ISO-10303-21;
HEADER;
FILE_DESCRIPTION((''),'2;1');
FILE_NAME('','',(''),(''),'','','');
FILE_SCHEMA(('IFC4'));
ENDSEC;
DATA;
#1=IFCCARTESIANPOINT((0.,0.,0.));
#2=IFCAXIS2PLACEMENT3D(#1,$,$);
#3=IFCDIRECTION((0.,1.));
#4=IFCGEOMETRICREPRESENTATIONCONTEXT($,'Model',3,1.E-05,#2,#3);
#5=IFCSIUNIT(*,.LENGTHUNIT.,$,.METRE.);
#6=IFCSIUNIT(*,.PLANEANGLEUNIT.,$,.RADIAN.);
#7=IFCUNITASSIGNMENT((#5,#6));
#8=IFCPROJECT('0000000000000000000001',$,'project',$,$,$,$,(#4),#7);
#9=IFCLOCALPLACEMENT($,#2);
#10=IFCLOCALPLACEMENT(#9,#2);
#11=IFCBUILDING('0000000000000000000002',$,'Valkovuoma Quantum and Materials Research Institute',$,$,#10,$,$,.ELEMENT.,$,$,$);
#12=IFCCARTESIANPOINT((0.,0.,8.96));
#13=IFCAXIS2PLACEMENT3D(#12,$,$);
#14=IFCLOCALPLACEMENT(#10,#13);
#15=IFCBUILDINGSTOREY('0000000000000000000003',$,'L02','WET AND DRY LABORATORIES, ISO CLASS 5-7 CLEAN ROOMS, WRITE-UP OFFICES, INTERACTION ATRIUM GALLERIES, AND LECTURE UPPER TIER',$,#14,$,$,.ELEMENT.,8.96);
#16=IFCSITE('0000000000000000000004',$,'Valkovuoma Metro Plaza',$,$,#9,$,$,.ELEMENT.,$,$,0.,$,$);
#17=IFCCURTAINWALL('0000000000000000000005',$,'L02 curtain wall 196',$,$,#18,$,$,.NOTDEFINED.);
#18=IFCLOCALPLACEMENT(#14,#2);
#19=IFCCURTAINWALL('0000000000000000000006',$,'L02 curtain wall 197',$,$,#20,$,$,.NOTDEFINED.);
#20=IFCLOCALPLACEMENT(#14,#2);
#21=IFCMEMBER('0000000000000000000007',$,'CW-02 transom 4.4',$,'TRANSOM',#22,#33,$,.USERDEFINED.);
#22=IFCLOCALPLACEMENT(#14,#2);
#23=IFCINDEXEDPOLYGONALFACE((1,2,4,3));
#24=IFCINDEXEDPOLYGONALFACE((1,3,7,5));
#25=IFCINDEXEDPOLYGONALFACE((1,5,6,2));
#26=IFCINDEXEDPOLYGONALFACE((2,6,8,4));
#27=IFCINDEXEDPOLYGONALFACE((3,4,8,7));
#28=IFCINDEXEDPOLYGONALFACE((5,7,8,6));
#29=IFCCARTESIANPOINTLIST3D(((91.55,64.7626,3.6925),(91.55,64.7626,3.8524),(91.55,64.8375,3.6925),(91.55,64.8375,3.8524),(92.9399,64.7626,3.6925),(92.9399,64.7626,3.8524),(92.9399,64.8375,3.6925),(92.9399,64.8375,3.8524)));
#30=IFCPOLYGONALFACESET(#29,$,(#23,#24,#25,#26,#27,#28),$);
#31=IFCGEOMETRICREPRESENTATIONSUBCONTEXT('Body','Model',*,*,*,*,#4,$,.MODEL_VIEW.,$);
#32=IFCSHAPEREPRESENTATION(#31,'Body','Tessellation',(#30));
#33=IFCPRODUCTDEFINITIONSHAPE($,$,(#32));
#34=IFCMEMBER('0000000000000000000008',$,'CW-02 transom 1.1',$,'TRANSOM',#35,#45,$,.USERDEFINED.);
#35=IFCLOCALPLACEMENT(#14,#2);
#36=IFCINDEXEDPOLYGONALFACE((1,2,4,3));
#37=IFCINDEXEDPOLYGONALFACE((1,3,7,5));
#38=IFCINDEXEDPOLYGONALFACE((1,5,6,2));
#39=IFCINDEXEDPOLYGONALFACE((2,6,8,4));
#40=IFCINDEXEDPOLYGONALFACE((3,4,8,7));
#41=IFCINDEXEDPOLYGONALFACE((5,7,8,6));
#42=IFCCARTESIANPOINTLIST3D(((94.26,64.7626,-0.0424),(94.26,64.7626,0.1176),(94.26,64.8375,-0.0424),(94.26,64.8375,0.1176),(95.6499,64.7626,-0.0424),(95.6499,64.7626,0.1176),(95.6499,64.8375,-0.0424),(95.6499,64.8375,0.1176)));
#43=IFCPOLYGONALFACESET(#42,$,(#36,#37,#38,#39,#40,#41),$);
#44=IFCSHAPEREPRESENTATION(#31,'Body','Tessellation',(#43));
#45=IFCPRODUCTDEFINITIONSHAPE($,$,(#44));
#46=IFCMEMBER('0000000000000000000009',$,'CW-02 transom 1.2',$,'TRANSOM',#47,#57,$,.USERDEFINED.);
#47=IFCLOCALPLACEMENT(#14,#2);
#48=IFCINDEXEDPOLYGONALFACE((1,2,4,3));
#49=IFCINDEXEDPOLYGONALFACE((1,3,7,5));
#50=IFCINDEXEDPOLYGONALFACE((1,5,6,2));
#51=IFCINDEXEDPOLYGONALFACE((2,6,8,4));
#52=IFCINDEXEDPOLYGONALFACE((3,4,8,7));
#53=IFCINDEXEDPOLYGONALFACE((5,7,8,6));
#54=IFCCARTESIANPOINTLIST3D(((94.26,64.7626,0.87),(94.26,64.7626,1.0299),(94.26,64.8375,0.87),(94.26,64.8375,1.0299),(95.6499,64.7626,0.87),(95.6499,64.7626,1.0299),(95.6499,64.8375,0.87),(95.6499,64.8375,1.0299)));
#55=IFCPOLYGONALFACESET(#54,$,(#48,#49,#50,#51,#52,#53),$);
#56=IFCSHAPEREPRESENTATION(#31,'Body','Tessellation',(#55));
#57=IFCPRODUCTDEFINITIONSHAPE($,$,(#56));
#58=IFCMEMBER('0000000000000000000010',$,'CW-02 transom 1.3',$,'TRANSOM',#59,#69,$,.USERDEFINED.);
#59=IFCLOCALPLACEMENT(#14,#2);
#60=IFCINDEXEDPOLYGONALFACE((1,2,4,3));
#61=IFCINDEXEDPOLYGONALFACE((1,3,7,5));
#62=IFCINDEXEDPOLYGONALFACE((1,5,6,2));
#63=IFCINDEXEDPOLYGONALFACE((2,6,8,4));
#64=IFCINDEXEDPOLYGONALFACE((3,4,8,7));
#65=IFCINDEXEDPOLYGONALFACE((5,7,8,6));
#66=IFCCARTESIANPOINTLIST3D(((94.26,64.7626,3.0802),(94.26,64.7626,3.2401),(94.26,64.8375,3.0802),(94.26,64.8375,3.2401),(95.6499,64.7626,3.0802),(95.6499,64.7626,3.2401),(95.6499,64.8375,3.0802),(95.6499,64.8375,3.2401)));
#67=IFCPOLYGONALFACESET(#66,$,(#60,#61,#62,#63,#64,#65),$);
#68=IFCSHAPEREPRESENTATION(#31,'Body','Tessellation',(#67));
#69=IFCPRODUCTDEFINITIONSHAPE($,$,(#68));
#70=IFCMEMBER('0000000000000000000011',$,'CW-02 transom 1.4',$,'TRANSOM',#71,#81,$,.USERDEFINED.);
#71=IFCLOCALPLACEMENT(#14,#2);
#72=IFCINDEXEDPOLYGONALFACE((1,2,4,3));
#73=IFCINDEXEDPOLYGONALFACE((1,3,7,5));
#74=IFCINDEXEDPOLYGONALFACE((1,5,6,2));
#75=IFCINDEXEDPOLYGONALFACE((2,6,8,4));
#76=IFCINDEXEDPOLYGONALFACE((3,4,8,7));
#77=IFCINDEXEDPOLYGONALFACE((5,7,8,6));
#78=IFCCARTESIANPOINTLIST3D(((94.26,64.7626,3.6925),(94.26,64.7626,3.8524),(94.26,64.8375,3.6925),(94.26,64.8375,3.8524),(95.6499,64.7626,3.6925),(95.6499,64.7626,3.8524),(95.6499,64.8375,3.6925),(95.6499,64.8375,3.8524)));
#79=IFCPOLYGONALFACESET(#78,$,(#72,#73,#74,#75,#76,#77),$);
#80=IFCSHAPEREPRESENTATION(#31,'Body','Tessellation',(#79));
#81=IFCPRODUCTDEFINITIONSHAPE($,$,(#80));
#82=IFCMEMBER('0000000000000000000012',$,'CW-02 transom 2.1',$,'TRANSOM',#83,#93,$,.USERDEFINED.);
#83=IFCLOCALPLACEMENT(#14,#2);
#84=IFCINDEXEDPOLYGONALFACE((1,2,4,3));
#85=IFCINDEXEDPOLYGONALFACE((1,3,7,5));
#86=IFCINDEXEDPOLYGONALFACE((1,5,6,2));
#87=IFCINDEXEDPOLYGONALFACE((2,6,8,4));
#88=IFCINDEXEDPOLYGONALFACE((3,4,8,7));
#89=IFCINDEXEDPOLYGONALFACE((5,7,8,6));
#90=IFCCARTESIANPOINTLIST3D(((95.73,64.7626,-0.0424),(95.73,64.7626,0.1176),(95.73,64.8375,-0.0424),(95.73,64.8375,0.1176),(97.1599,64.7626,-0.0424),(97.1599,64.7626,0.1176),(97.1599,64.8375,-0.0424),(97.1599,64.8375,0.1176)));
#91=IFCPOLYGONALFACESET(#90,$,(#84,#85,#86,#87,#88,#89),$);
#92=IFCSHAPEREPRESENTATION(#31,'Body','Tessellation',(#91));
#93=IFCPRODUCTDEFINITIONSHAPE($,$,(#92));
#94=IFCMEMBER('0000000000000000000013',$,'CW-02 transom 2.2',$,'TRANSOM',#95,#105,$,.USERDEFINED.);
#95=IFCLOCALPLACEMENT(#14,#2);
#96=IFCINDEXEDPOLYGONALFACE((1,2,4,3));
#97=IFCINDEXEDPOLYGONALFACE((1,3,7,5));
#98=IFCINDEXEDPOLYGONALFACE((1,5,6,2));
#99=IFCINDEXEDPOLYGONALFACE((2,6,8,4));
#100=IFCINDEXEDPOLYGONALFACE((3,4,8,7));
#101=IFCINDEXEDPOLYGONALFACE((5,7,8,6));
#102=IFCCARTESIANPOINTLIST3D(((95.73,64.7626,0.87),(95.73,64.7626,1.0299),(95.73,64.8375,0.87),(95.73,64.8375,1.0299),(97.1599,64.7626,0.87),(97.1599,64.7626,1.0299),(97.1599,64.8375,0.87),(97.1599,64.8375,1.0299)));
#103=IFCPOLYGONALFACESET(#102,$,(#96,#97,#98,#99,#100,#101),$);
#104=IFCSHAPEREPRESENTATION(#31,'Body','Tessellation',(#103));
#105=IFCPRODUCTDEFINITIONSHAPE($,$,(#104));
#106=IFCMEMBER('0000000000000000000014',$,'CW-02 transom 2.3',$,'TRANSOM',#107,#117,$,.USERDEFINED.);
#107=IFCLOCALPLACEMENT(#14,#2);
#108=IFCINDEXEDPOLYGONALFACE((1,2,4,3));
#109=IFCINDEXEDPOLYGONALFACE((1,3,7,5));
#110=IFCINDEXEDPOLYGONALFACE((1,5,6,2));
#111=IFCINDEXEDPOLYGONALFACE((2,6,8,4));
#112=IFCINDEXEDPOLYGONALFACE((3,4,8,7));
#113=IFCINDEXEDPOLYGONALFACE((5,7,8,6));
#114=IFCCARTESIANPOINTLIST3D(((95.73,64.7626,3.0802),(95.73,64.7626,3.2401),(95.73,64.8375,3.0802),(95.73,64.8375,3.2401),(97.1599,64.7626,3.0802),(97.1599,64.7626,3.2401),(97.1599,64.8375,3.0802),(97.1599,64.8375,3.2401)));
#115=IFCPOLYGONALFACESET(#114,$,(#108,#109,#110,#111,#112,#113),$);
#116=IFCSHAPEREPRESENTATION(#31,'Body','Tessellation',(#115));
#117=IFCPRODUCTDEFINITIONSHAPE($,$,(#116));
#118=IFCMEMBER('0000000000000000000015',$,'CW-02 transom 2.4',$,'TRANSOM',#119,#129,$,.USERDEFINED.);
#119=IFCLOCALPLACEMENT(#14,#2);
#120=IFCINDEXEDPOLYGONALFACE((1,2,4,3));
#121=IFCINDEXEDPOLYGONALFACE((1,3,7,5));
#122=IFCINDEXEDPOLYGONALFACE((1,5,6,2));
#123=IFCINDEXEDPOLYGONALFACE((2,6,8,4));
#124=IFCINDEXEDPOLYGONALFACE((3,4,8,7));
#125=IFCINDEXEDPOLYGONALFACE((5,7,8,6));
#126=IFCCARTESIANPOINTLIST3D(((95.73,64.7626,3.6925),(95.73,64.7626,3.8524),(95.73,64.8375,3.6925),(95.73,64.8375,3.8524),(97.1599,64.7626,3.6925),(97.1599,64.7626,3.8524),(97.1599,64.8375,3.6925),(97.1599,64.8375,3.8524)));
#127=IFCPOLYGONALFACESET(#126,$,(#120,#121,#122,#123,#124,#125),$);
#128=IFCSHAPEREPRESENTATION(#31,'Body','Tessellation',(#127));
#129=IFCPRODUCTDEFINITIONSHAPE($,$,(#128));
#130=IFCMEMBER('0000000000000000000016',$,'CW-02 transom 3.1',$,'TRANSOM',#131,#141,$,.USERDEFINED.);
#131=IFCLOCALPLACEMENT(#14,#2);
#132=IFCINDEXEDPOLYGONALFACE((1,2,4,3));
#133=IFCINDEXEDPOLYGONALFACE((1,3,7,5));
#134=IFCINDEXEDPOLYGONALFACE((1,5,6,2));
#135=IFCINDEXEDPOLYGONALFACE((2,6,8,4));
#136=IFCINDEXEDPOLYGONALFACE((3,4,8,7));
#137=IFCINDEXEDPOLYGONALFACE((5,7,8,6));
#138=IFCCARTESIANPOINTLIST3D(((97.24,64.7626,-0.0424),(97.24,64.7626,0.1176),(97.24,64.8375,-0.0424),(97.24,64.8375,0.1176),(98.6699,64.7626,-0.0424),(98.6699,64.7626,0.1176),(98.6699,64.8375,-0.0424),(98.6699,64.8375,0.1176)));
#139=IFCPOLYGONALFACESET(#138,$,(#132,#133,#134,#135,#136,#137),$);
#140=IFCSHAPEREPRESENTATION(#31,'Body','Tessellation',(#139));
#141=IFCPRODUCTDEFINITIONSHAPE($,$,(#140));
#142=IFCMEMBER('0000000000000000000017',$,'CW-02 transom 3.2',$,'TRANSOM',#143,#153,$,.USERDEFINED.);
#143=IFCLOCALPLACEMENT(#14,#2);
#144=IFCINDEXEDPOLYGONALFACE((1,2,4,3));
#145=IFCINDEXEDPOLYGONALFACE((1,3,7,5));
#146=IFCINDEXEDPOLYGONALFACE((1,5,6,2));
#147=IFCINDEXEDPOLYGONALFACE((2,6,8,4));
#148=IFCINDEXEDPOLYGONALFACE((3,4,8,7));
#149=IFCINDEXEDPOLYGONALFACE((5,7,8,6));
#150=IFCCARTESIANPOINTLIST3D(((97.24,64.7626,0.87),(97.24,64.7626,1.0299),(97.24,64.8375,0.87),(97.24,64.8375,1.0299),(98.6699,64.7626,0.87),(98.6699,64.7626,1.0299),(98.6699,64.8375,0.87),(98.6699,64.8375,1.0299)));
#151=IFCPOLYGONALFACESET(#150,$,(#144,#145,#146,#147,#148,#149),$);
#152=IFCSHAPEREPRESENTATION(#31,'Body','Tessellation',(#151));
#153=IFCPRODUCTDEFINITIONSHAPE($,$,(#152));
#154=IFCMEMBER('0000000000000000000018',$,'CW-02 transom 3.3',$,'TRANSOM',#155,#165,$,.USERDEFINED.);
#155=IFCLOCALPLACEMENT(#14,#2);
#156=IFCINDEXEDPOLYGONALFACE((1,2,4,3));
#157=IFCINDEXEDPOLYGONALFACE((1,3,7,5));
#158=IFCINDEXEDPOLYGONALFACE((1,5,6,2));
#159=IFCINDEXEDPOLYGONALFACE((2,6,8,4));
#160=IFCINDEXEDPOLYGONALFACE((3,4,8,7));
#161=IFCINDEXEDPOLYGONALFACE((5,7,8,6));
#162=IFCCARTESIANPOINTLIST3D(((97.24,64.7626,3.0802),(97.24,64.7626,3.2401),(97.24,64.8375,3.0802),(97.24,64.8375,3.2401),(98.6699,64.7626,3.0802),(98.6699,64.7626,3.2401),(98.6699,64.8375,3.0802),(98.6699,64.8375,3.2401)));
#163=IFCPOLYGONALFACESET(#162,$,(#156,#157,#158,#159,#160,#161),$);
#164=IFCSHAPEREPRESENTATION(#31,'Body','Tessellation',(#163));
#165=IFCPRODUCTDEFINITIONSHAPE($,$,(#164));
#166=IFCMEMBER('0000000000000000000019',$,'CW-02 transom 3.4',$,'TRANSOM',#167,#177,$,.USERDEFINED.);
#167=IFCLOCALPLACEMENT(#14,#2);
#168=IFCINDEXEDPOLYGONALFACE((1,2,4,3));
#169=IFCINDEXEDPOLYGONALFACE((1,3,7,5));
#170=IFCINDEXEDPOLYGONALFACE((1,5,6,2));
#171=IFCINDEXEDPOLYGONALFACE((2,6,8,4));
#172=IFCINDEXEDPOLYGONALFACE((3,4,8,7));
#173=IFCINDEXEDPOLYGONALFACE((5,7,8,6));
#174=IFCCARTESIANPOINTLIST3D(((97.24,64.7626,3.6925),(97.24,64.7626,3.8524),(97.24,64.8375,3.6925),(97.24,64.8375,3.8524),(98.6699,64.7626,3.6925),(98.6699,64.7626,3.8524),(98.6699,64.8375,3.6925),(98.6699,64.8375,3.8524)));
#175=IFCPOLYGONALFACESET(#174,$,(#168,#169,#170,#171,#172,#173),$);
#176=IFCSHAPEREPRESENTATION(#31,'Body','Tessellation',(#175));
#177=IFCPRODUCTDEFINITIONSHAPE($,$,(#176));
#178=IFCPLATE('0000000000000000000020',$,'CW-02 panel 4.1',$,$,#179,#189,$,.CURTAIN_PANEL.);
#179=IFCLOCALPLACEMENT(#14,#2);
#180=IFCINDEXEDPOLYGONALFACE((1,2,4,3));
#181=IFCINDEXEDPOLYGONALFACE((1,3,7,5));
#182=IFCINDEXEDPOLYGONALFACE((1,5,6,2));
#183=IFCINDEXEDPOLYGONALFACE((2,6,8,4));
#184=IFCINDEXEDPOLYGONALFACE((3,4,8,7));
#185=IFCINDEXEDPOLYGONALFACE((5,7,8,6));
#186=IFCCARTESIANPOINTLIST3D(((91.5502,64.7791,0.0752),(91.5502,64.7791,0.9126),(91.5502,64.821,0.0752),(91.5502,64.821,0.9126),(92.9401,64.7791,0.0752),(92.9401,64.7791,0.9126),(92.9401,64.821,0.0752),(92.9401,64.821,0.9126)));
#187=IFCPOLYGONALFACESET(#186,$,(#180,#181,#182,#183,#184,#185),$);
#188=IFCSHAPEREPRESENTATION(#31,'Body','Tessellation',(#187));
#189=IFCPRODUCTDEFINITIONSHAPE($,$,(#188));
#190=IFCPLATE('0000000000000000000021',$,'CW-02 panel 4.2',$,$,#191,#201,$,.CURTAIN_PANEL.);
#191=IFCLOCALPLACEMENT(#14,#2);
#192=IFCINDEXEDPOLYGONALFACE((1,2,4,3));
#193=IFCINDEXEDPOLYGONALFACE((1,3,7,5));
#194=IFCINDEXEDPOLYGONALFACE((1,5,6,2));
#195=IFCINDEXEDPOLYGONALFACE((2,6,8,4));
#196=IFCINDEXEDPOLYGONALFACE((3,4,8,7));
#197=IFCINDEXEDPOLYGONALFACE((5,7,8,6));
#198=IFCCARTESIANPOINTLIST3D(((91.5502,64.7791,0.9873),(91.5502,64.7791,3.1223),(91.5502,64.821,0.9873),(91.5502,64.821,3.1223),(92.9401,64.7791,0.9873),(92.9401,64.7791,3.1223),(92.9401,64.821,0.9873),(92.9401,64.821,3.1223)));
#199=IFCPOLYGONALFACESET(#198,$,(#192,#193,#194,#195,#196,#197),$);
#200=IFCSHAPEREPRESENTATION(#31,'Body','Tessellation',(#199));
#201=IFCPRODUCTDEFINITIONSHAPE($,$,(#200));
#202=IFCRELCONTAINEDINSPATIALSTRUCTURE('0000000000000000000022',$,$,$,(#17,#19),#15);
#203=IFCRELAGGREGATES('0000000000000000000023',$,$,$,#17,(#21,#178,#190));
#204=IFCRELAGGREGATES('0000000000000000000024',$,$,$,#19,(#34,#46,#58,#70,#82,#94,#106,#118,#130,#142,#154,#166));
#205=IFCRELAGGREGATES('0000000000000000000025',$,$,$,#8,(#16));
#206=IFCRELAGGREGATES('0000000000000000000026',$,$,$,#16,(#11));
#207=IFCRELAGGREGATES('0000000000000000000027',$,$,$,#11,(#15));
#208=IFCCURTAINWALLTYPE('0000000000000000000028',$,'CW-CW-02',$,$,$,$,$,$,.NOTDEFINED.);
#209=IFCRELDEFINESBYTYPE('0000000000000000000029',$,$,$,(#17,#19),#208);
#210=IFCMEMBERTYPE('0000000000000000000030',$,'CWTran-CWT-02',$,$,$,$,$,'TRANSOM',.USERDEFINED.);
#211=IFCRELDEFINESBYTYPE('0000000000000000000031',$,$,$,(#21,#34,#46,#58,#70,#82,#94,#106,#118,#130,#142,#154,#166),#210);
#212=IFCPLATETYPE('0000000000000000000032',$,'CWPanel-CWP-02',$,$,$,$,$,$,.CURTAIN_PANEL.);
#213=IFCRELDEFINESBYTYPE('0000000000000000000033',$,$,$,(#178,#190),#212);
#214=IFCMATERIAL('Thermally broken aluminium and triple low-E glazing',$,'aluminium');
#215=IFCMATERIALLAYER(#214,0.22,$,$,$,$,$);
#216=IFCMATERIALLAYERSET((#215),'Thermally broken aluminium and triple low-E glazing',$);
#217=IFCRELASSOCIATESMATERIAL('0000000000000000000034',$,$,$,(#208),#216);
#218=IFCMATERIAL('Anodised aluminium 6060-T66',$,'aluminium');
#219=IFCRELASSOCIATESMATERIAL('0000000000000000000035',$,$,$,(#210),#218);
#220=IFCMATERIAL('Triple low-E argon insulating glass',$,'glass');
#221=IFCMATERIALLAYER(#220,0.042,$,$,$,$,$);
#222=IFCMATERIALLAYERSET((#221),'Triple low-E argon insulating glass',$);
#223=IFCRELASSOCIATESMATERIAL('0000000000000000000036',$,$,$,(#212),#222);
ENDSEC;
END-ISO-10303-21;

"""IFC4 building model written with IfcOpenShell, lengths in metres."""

from ifc_helpers import new_model, si_unit, direction, frame, origin, origin_2d, place, context, subcontext, project, spatial, rectangle, extrude, material, layer, layer_set, material_profile, profile_set, type_object, element, aggregate, save


model = new_model("IFC4")

# Units and contexts
model_context = context("Model", 3, precision=1e-05, world=origin(), true_north=direction((0.0, 1.0)))
body_context = subcontext(model_context, "Body", "Model", "MODEL_VIEW")
ifc_project = project(units=[si_unit("LENGTHUNIT", "METRE"), si_unit("PLANEANGLEUNIT", "RADIAN")], contexts=[model_context])

# Site, building, storey
site_placement = place(None, origin())
site = spatial("IfcSite", under=ifc_project, at=site_placement, Name="Valkovuoma Metro Plaza", CompositionType="ELEMENT", RefElevation=0.0)
building_placement = place(site_placement, origin())
building = spatial("IfcBuilding", under=site, at=building_placement, Name="Valkovuoma Quantum and Materials Research Institute", CompositionType="ELEMENT")
storey_placement = place(building_placement, frame((0.0, 0.0, 8.96)))
storey = spatial("IfcBuildingStorey", under=building, at=storey_placement, Name="L02", Description="WET AND DRY LABORATORIES, ISO CLASS 5-7 CLEAN ROOMS, WRITE-UP OFFICES, INTERACTION ATRIUM GALLERIES, AND LECTURE UPPER TIER", CompositionType="ELEMENT", Elevation=8.96)

# Curtain walls
ifc_material_1 = material(Name="Thermally broken aluminium and triple low-E glazing", Category="aluminium")
ifc_layer_1 = layer(ifc_material_1, 0.22)
ifc_layer_set_1 = layer_set([ifc_layer_1], Name="Thermally broken aluminium and triple low-E glazing")
curtain_wall_type = type_object("IfcCurtainWallType", Name="CW-CW-02", PredefinedType="NOTDEFINED", material=ifc_layer_set_1)
curtain_wall_1_placement = place(storey_placement, origin())
curtain_wall_1 = element("IfcCurtainWall", 1, at=curtain_wall_1_placement, inside=storey, type_object=curtain_wall_type, Name="L02 curtain wall 196", PredefinedType="NOTDEFINED")
curtain_wall_2_placement = place(storey_placement, origin())
curtain_wall_2 = element("IfcCurtainWall", 2, at=curtain_wall_2_placement, inside=storey, type_object=curtain_wall_type, Name="L02 curtain wall 197", PredefinedType="NOTDEFINED")

# Members
ifc_material_2 = material(Name="Anodised aluminium 6060-T66", Category="aluminium")
ifc_material_profile_1 = material_profile(ifc_material_2, rectangle(XDim=0.075, YDim=0.1599, at=origin_2d()), Name="Anodised aluminium 6060-T66")
ifc_profile_set_1 = profile_set([ifc_material_profile_1], Name="Anodised aluminium 6060-T66")
member_type_1 = type_object("IfcMemberType", Name="CWTran-CWT-02", ElementType="TRANSOM", PredefinedType="USERDEFINED", material=ifc_profile_set_1)
member_1_placement = place(storey_placement, frame((91.55, 64.8, 3.7725), z_axis=(1.0, 0.0, 0.0), x_axis=(0.0, 1.0, 0.0)))
member_1 = element("IfcMember", 3, at=member_1_placement, type_object=member_type_1, Name="CW-02 transom 4.4", ObjectType="TRANSOM", PredefinedType="USERDEFINED", context=body_context, shape_type="SweptSolid", body=[
    extrude(rectangle(XDim=0.075, YDim=0.1599, at=origin_2d()), origin(), (0.0, 0.0, 1.0), 1.3899),
])
member_2_placement = place(storey_placement, frame((94.26, 64.8, 0.0376), z_axis=(1.0, 0.0, 0.0), x_axis=(0.0, 1.0, 0.0)))
member_2 = element("IfcMember", 4, at=member_2_placement, type_object=member_type_1, Name="CW-02 transom 1.1", ObjectType="TRANSOM", PredefinedType="USERDEFINED", context=body_context, shape_type="SweptSolid", body=[
    extrude(rectangle(XDim=0.075, YDim=0.1599, at=origin_2d()), origin(), (0.0, 0.0, 1.0), 1.3899),
])
member_3_placement = place(storey_placement, frame((94.26, 64.8, 0.95), z_axis=(1.0, 0.0, 0.0), x_axis=(0.0, 1.0, 0.0)))
member_3 = element("IfcMember", 5, at=member_3_placement, type_object=member_type_1, Name="CW-02 transom 1.2", ObjectType="TRANSOM", PredefinedType="USERDEFINED", context=body_context, shape_type="SweptSolid", body=[
    extrude(rectangle(XDim=0.075, YDim=0.1599, at=origin_2d()), origin(), (0.0, 0.0, 1.0), 1.3899),
])
member_4_placement = place(storey_placement, frame((94.26, 64.8, 3.1602), z_axis=(1.0, 0.0, 0.0), x_axis=(0.0, 1.0, 0.0)))
member_4 = element("IfcMember", 6, at=member_4_placement, type_object=member_type_1, Name="CW-02 transom 1.3", ObjectType="TRANSOM", PredefinedType="USERDEFINED", context=body_context, shape_type="SweptSolid", body=[
    extrude(rectangle(XDim=0.075, YDim=0.1599, at=origin_2d()), origin(), (0.0, 0.0, 1.0), 1.3899),
])
member_5_placement = place(storey_placement, frame((94.26, 64.8, 3.7725), z_axis=(1.0, 0.0, 0.0), x_axis=(0.0, 1.0, 0.0)))
member_5 = element("IfcMember", 7, at=member_5_placement, type_object=member_type_1, Name="CW-02 transom 1.4", ObjectType="TRANSOM", PredefinedType="USERDEFINED", context=body_context, shape_type="SweptSolid", body=[
    extrude(rectangle(XDim=0.075, YDim=0.1599, at=origin_2d()), origin(), (0.0, 0.0, 1.0), 1.3899),
])
member_6_placement = place(storey_placement, frame((95.73, 64.8, 0.0376), z_axis=(1.0, 0.0, 0.0), x_axis=(0.0, 1.0, 0.0)))
member_6 = element("IfcMember", 8, at=member_6_placement, type_object=member_type_1, Name="CW-02 transom 2.1", ObjectType="TRANSOM", PredefinedType="USERDEFINED", context=body_context, shape_type="SweptSolid", body=[
    extrude(rectangle(XDim=0.075, YDim=0.1599, at=origin_2d()), origin(), (0.0, 0.0, 1.0), 1.4299),
])
member_7_placement = place(storey_placement, frame((95.73, 64.8, 0.95), z_axis=(1.0, 0.0, 0.0), x_axis=(0.0, 1.0, 0.0)))
member_7 = element("IfcMember", 9, at=member_7_placement, type_object=member_type_1, Name="CW-02 transom 2.2", ObjectType="TRANSOM", PredefinedType="USERDEFINED", context=body_context, shape_type="SweptSolid", body=[
    extrude(rectangle(XDim=0.075, YDim=0.1599, at=origin_2d()), origin(), (0.0, 0.0, 1.0), 1.4299),
])
member_8_placement = place(storey_placement, frame((95.73, 64.8, 3.1602), z_axis=(1.0, 0.0, 0.0), x_axis=(0.0, 1.0, 0.0)))
member_8 = element("IfcMember", 10, at=member_8_placement, type_object=member_type_1, Name="CW-02 transom 2.3", ObjectType="TRANSOM", PredefinedType="USERDEFINED", context=body_context, shape_type="SweptSolid", body=[
    extrude(rectangle(XDim=0.075, YDim=0.1599, at=origin_2d()), origin(), (0.0, 0.0, 1.0), 1.4299),
])
member_9_placement = place(storey_placement, frame((95.73, 64.8, 3.7725), z_axis=(1.0, 0.0, 0.0), x_axis=(0.0, 1.0, 0.0)))
member_9 = element("IfcMember", 11, at=member_9_placement, type_object=member_type_1, Name="CW-02 transom 2.4", ObjectType="TRANSOM", PredefinedType="USERDEFINED", context=body_context, shape_type="SweptSolid", body=[
    extrude(rectangle(XDim=0.075, YDim=0.1599, at=origin_2d()), origin(), (0.0, 0.0, 1.0), 1.4299),
])
member_10_placement = place(storey_placement, frame((97.24, 64.8, 0.0376), z_axis=(1.0, 0.0, 0.0), x_axis=(0.0, 1.0, 0.0)))
member_10 = element("IfcMember", 12, at=member_10_placement, type_object=member_type_1, Name="CW-02 transom 3.1", ObjectType="TRANSOM", PredefinedType="USERDEFINED", context=body_context, shape_type="SweptSolid", body=[
    extrude(rectangle(XDim=0.075, YDim=0.1599, at=origin_2d()), origin(), (0.0, 0.0, 1.0), 1.4299),
])
member_11_placement = place(storey_placement, frame((97.24, 64.8, 0.95), z_axis=(1.0, 0.0, 0.0), x_axis=(0.0, 1.0, 0.0)))
member_11 = element("IfcMember", 13, at=member_11_placement, type_object=member_type_1, Name="CW-02 transom 3.2", ObjectType="TRANSOM", PredefinedType="USERDEFINED", context=body_context, shape_type="SweptSolid", body=[
    extrude(rectangle(XDim=0.075, YDim=0.1599, at=origin_2d()), origin(), (0.0, 0.0, 1.0), 1.4299),
])
member_12_placement = place(storey_placement, frame((97.24, 64.8, 3.1602), z_axis=(1.0, 0.0, 0.0), x_axis=(0.0, 1.0, 0.0)))
member_12 = element("IfcMember", 14, at=member_12_placement, type_object=member_type_1, Name="CW-02 transom 3.3", ObjectType="TRANSOM", PredefinedType="USERDEFINED", context=body_context, shape_type="SweptSolid", body=[
    extrude(rectangle(XDim=0.075, YDim=0.1599, at=origin_2d()), origin(), (0.0, 0.0, 1.0), 1.4299),
])
member_13_placement = place(storey_placement, frame((97.24, 64.8, 3.7725), z_axis=(1.0, 0.0, 0.0), x_axis=(0.0, 1.0, 0.0)))
member_13 = element("IfcMember", 15, at=member_13_placement, type_object=member_type_1, Name="CW-02 transom 3.4", ObjectType="TRANSOM", PredefinedType="USERDEFINED", context=body_context, shape_type="SweptSolid", body=[
    extrude(rectangle(XDim=0.075, YDim=0.1599, at=origin_2d()), origin(), (0.0, 0.0, 1.0), 1.4299),
])

# Plates
ifc_material_3 = material(Name="Triple low-E argon insulating glass", Category="glass")
ifc_layer_2 = layer(ifc_material_3, 0.042)
ifc_layer_set_2 = layer_set([ifc_layer_2], Name="Triple low-E argon insulating glass")
plate_type = type_object("IfcPlateType", Name="CWPanel-CWP-02", PredefinedType="CURTAIN_PANEL", material=ifc_layer_set_2)
plate_1_placement = place(storey_placement, frame((92.2451, 64.8, 0.0752), z_axis=(0.0, 0.0, 1.0), x_axis=(1.0, 0.0, 0.0)))
plate_1 = element("IfcPlate", 16, at=plate_1_placement, type_object=plate_type, Name="CW-02 panel 4.1", PredefinedType="CURTAIN_PANEL", context=body_context, shape_type="SweptSolid", body=[
    extrude(rectangle(XDim=1.3899, YDim=0.042, at=origin_2d()), origin(), (0.0, 0.0, 1.0), 0.8374),
])
plate_2_placement = place(storey_placement, frame((92.2451, 64.8, 0.9873), z_axis=(0.0, 0.0, 1.0), x_axis=(1.0, 0.0, 0.0)))
plate_2 = element("IfcPlate", 17, at=plate_2_placement, type_object=plate_type, Name="CW-02 panel 4.2", PredefinedType="CURTAIN_PANEL", context=body_context, shape_type="SweptSolid", body=[
    extrude(rectangle(XDim=1.3899, YDim=0.042, at=origin_2d()), origin(), (0.0, 0.0, 1.0), 2.135),
])
aggregate(curtain_wall_1, [member_1, plate_1, plate_2])
aggregate(curtain_wall_2, [member_2, member_3, member_4, member_5, member_6, member_7, member_8, member_9, member_10, member_11, member_12, member_13])

save(model, "model.ifc")
